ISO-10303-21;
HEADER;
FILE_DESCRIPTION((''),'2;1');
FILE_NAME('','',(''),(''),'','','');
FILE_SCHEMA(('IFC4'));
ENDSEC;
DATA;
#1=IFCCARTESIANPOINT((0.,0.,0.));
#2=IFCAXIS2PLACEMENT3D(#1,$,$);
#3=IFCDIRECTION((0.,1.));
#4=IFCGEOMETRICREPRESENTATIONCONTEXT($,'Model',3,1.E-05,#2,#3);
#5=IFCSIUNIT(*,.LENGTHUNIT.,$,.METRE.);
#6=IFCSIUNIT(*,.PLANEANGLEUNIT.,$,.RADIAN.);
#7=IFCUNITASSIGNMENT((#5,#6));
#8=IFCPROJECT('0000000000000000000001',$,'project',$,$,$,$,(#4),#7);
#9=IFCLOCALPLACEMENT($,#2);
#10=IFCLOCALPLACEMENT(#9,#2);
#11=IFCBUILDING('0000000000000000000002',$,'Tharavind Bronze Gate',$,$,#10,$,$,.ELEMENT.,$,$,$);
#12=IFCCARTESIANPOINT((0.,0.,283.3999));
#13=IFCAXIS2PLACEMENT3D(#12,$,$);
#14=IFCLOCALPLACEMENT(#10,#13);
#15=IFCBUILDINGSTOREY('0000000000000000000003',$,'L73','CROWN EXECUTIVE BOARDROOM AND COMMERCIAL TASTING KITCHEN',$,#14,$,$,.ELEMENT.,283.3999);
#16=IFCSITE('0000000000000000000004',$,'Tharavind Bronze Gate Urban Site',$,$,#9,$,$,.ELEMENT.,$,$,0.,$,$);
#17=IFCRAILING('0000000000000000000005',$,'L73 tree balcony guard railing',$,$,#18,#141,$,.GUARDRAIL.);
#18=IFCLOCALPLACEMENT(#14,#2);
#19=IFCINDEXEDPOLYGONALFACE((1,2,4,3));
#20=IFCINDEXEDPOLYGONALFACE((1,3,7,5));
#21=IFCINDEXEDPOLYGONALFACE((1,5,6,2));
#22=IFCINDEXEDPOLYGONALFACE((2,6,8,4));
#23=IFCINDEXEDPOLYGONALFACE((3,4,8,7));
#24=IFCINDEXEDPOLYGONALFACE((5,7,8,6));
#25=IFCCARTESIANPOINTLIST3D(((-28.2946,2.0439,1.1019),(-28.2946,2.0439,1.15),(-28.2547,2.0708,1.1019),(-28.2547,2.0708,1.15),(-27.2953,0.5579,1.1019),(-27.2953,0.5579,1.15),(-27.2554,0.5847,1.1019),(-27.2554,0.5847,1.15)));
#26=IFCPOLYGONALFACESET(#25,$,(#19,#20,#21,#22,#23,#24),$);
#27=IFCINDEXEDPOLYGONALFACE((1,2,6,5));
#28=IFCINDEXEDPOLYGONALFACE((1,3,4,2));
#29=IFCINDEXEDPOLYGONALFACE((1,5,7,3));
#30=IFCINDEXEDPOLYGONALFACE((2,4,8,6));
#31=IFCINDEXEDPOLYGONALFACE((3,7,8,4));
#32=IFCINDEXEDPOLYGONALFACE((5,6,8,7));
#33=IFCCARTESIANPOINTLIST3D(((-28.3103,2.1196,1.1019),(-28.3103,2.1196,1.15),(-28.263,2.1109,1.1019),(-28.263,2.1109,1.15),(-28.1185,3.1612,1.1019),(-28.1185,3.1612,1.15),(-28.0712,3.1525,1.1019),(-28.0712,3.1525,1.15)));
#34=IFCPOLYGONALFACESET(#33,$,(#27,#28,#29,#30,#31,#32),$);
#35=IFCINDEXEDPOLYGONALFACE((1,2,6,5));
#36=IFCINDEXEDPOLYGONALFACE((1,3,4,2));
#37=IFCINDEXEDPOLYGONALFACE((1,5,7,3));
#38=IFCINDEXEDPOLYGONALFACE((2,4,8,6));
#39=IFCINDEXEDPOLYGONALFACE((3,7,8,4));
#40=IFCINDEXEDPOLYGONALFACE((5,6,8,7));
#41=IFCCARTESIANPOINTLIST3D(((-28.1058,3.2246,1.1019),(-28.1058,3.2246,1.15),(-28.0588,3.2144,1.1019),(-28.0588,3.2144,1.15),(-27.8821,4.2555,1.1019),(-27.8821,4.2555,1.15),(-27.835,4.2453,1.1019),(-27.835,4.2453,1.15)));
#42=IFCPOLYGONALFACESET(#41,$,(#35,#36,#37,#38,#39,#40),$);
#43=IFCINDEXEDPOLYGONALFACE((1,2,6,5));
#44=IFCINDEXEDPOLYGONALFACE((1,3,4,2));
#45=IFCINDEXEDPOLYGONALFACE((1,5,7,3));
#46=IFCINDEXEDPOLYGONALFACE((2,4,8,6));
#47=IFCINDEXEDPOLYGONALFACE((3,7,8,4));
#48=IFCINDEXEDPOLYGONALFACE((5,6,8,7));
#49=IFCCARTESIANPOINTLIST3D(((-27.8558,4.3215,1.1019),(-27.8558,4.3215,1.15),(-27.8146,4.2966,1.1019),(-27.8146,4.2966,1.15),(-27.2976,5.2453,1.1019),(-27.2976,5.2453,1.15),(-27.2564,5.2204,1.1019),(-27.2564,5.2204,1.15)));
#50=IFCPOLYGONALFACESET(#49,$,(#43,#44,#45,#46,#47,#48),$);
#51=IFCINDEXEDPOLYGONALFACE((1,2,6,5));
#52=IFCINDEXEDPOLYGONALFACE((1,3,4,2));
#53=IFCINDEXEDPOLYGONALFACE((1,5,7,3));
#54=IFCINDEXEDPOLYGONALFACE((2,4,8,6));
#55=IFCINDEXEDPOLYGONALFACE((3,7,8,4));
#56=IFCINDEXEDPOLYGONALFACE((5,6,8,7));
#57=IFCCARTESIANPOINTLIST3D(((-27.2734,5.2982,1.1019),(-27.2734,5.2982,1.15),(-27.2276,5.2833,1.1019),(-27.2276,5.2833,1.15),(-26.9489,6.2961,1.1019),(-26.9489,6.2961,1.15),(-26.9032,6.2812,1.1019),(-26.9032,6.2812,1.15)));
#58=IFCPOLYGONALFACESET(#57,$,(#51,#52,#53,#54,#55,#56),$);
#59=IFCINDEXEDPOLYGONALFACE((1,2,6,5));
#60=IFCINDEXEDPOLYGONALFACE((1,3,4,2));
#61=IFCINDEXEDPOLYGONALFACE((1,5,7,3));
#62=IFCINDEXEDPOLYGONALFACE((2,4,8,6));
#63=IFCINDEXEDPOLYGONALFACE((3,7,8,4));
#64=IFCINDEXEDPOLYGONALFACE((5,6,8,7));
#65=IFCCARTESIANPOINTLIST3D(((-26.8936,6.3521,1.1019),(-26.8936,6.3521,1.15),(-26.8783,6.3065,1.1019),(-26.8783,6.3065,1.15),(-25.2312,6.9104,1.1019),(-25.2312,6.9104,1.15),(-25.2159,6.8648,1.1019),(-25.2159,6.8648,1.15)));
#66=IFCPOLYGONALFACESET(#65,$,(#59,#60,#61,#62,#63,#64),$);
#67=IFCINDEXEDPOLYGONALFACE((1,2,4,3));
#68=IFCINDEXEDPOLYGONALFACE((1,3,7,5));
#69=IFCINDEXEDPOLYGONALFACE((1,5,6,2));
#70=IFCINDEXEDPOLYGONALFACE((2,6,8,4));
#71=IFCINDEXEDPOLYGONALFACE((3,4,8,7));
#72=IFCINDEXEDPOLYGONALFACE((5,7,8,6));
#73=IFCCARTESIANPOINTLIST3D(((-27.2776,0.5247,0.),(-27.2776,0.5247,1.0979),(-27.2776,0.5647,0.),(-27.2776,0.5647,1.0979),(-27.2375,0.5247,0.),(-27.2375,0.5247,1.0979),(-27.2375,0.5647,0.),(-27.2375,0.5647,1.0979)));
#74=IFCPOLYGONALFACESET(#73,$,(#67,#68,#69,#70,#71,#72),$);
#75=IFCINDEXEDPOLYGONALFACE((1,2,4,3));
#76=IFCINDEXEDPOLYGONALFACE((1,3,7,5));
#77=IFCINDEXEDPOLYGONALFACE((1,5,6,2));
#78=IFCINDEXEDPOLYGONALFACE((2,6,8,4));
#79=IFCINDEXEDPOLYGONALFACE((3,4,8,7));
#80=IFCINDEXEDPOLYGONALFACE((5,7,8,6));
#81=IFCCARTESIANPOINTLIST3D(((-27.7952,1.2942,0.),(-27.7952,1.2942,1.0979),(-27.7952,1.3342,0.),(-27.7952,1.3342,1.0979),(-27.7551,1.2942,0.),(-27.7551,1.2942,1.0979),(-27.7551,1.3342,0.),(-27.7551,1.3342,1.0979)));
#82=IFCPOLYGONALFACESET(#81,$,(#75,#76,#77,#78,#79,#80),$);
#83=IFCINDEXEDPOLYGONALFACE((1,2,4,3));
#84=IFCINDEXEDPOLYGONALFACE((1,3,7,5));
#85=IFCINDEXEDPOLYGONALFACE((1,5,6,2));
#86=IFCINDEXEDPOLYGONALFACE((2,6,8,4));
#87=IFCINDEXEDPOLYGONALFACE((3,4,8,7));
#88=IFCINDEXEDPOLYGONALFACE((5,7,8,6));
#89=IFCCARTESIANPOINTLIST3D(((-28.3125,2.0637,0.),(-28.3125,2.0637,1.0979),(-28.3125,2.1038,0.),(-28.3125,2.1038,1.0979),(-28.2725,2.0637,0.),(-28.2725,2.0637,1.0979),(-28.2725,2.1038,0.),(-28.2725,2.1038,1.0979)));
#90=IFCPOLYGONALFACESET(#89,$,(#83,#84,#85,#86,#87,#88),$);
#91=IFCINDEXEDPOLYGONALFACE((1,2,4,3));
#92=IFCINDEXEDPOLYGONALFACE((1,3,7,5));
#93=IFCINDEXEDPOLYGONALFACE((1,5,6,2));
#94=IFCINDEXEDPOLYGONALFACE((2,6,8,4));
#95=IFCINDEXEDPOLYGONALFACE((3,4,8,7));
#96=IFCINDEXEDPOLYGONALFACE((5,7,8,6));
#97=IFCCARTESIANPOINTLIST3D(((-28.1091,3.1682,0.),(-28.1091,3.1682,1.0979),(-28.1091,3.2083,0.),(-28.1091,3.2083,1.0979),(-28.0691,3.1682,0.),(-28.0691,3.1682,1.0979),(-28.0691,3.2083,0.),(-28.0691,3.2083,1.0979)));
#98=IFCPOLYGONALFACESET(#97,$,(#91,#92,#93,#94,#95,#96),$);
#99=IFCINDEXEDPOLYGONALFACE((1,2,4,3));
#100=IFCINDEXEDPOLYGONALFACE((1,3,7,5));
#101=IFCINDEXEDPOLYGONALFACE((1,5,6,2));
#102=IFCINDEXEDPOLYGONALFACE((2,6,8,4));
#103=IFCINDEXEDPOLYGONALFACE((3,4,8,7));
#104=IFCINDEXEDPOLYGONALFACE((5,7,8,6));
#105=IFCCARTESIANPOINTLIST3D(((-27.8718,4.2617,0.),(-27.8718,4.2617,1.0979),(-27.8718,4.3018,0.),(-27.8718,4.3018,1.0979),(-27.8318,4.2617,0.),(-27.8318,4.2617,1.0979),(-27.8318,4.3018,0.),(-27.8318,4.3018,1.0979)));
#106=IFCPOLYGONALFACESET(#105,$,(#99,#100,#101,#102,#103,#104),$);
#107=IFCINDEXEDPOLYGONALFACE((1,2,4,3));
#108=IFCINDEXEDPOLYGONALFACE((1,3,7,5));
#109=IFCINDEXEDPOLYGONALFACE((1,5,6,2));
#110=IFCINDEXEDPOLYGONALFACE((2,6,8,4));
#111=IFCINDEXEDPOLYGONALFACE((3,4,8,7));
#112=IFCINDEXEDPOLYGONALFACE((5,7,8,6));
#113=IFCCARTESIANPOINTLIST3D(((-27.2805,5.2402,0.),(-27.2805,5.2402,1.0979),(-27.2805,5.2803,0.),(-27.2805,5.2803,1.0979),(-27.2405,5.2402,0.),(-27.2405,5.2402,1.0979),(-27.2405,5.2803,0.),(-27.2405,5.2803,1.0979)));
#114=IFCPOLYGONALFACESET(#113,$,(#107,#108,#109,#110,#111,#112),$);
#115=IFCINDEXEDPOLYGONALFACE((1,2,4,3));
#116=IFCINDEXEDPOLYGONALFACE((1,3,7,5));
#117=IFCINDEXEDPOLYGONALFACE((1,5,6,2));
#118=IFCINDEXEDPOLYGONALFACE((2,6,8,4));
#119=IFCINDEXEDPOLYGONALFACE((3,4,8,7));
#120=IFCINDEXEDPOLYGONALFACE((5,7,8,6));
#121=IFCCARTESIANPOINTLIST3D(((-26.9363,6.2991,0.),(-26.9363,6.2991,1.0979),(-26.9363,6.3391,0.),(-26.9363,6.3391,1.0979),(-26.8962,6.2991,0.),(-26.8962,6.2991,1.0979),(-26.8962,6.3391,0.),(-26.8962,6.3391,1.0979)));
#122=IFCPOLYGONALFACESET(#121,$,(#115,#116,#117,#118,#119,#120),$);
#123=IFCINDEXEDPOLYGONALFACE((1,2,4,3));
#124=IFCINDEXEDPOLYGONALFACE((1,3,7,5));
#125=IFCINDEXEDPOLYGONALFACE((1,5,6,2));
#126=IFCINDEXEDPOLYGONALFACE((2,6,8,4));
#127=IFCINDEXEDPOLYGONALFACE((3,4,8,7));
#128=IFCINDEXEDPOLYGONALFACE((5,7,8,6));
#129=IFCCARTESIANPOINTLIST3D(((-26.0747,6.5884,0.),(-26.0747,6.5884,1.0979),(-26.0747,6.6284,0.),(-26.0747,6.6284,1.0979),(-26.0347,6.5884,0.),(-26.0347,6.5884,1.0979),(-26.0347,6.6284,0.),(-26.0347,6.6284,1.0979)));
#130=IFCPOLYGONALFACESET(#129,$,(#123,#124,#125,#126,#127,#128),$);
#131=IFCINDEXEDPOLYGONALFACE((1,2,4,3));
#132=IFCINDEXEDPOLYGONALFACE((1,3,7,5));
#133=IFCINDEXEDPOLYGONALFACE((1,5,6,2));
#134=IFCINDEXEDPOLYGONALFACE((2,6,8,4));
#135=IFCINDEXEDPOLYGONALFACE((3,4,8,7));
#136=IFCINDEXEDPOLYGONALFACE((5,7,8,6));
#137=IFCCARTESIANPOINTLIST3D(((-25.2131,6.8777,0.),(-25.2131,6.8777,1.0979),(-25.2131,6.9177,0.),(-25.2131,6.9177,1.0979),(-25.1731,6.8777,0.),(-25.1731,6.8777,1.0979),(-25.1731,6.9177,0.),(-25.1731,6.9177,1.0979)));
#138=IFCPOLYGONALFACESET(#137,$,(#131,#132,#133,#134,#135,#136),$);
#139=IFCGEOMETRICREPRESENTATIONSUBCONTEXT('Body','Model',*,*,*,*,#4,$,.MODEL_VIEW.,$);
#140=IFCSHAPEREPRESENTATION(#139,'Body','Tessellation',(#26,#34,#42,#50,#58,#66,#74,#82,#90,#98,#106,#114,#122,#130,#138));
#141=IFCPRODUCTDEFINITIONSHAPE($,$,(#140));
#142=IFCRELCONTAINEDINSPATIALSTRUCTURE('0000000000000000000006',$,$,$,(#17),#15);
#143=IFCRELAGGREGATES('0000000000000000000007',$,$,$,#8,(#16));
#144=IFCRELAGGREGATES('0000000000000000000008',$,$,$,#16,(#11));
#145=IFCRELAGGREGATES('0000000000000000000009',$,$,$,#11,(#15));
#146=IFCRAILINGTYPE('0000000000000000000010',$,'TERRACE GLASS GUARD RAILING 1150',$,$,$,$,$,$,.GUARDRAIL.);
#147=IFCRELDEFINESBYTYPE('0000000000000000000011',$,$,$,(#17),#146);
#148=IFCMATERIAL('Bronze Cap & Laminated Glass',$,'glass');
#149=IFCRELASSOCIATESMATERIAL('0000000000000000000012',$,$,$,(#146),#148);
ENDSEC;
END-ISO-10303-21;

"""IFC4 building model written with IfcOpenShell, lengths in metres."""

from ifc_helpers import new_model, si_unit, direction, frame, origin, origin_2d, place, context, subcontext, project, spatial, rectangle, extrude, material, type_object, element, save


model = new_model("IFC4")

# Units and contexts
model_context = context("Model", 3, precision=1e-05, world=origin(), true_north=direction((0.0, 1.0)))
body_context = subcontext(model_context, "Body", "Model", "MODEL_VIEW")
ifc_project = project(units=[si_unit("LENGTHUNIT", "METRE"), si_unit("PLANEANGLEUNIT", "RADIAN")], contexts=[model_context])

# Site, building, storey
site_placement = place(None, origin())
site = spatial("IfcSite", under=ifc_project, at=site_placement, Name="Tharavind Bronze Gate Urban Site", CompositionType="ELEMENT", RefElevation=0.0)
building_placement = place(site_placement, origin())
building = spatial("IfcBuilding", under=site, at=building_placement, Name="Tharavind Bronze Gate", CompositionType="ELEMENT")
storey_placement = place(building_placement, frame((0.0, 0.0, 283.3999)))
storey = spatial("IfcBuildingStorey", under=building, at=storey_placement, Name="L73", Description="CROWN EXECUTIVE BOARDROOM AND COMMERCIAL TASTING KITCHEN", CompositionType="ELEMENT", Elevation=283.3999)

# Railing
ifc_material_1 = material(Name="Bronze Cap & Laminated Glass", Category="glass")
railing_type = type_object("IfcRailingType", Name="TERRACE GLASS GUARD RAILING 1150", PredefinedType="GUARDRAIL", material=ifc_material_1)
railing_placement = place(storey_placement, frame((-27.2576, 0.5447, 0.0)))
element("IfcRailing", 1, at=railing_placement, inside=storey, type_object=railing_type, Name="L73 tree balcony guard railing", PredefinedType="GUARDRAIL", context=body_context, shape_type="SweptSolid", body=[
    extrude(rectangle(XDim=0.0481, YDim=0.0481, at=origin_2d()), frame((-0.0178, 0.0266, 1.126), z_axis=(-0.558007, 0.829836, 0.0), x_axis=(-0.829836, -0.558007, 0.0)), (0.0, 0.0, 1.0), 1.7908),
    extrude(rectangle(XDim=0.0481, YDim=0.0481, at=origin_2d()), frame((-1.0291, 1.5706, 1.126), z_axis=(0.181085, 0.983467, 0.0), x_axis=(-0.983467, 0.181085, 0.0)), (0.0, 0.0, 1.0), 1.0591),
    extrude(rectangle(XDim=0.0481, YDim=0.0481, at=origin_2d()), frame((-0.8247, 2.6748, 1.126), z_axis=(0.212076, 0.977253, 0.0), x_axis=(-0.977253, 0.212076, 0.0)), (0.0, 0.0, 1.0), 1.0549),
    extrude(rectangle(XDim=0.0481, YDim=0.0481, at=origin_2d()), frame((-0.5776, 3.7644, 1.126), z_axis=(0.517194, 0.855868, 0.0), x_axis=(-0.855868, 0.517194, 0.0)), (0.0, 0.0, 1.0), 1.0793),
    extrude(rectangle(XDim=0.0481, YDim=0.0481, at=origin_2d()), frame((0.0071, 4.7461, 1.126), z_axis=(0.30918, 0.951003, 0.0), x_axis=(-0.951003, 0.30918, 0.0)), (0.0, 0.0, 1.0), 1.0493),
    extrude(rectangle(XDim=0.0481, YDim=0.0481, at=origin_2d()), frame((0.3716, 5.7847, 1.126), z_axis=(0.947983, 0.318322, 0.0), x_axis=(-0.318322, 0.947983, 0.0)), (0.0, 0.0, 1.0), 1.7537),
    extrude(rectangle(XDim=0.04, YDim=0.04, at=origin_2d()), origin(), (0.0, 0.0, 1.0), 1.0979),
    extrude(rectangle(XDim=0.04, YDim=0.04, at=origin_2d()), frame((-0.5176, 0.7695, 0.0)), (0.0, 0.0, 1.0), 1.0979),
    extrude(rectangle(XDim=0.04, YDim=0.04, at=origin_2d()), frame((-1.0349, 1.5391, 0.0)), (0.0, 0.0, 1.0), 1.0979),
    extrude(rectangle(XDim=0.04, YDim=0.04, at=origin_2d()), frame((-0.8315, 2.6436, 0.0)), (0.0, 0.0, 1.0), 1.0979),
    extrude(rectangle(XDim=0.04, YDim=0.04, at=origin_2d()), frame((-0.5942, 3.7371, 0.0)), (0.0, 0.0, 1.0), 1.0979),
    extrude(rectangle(XDim=0.04, YDim=0.04, at=origin_2d()), frame((-0.0029, 4.7156, 0.0)), (0.0, 0.0, 1.0), 1.0979),
    extrude(rectangle(XDim=0.04, YDim=0.04, at=origin_2d()), frame((0.3413, 5.7744, 0.0)), (0.0, 0.0, 1.0), 1.0979),
    extrude(rectangle(XDim=0.04, YDim=0.04, at=origin_2d()), frame((1.2029, 6.0637, 0.0)), (0.0, 0.0, 1.0), 1.0979),
    extrude(rectangle(XDim=0.04, YDim=0.04, at=origin_2d()), frame((2.0645, 6.353, 0.0)), (0.0, 0.0, 1.0), 1.0979),
])

save(model, "model.ifc")
